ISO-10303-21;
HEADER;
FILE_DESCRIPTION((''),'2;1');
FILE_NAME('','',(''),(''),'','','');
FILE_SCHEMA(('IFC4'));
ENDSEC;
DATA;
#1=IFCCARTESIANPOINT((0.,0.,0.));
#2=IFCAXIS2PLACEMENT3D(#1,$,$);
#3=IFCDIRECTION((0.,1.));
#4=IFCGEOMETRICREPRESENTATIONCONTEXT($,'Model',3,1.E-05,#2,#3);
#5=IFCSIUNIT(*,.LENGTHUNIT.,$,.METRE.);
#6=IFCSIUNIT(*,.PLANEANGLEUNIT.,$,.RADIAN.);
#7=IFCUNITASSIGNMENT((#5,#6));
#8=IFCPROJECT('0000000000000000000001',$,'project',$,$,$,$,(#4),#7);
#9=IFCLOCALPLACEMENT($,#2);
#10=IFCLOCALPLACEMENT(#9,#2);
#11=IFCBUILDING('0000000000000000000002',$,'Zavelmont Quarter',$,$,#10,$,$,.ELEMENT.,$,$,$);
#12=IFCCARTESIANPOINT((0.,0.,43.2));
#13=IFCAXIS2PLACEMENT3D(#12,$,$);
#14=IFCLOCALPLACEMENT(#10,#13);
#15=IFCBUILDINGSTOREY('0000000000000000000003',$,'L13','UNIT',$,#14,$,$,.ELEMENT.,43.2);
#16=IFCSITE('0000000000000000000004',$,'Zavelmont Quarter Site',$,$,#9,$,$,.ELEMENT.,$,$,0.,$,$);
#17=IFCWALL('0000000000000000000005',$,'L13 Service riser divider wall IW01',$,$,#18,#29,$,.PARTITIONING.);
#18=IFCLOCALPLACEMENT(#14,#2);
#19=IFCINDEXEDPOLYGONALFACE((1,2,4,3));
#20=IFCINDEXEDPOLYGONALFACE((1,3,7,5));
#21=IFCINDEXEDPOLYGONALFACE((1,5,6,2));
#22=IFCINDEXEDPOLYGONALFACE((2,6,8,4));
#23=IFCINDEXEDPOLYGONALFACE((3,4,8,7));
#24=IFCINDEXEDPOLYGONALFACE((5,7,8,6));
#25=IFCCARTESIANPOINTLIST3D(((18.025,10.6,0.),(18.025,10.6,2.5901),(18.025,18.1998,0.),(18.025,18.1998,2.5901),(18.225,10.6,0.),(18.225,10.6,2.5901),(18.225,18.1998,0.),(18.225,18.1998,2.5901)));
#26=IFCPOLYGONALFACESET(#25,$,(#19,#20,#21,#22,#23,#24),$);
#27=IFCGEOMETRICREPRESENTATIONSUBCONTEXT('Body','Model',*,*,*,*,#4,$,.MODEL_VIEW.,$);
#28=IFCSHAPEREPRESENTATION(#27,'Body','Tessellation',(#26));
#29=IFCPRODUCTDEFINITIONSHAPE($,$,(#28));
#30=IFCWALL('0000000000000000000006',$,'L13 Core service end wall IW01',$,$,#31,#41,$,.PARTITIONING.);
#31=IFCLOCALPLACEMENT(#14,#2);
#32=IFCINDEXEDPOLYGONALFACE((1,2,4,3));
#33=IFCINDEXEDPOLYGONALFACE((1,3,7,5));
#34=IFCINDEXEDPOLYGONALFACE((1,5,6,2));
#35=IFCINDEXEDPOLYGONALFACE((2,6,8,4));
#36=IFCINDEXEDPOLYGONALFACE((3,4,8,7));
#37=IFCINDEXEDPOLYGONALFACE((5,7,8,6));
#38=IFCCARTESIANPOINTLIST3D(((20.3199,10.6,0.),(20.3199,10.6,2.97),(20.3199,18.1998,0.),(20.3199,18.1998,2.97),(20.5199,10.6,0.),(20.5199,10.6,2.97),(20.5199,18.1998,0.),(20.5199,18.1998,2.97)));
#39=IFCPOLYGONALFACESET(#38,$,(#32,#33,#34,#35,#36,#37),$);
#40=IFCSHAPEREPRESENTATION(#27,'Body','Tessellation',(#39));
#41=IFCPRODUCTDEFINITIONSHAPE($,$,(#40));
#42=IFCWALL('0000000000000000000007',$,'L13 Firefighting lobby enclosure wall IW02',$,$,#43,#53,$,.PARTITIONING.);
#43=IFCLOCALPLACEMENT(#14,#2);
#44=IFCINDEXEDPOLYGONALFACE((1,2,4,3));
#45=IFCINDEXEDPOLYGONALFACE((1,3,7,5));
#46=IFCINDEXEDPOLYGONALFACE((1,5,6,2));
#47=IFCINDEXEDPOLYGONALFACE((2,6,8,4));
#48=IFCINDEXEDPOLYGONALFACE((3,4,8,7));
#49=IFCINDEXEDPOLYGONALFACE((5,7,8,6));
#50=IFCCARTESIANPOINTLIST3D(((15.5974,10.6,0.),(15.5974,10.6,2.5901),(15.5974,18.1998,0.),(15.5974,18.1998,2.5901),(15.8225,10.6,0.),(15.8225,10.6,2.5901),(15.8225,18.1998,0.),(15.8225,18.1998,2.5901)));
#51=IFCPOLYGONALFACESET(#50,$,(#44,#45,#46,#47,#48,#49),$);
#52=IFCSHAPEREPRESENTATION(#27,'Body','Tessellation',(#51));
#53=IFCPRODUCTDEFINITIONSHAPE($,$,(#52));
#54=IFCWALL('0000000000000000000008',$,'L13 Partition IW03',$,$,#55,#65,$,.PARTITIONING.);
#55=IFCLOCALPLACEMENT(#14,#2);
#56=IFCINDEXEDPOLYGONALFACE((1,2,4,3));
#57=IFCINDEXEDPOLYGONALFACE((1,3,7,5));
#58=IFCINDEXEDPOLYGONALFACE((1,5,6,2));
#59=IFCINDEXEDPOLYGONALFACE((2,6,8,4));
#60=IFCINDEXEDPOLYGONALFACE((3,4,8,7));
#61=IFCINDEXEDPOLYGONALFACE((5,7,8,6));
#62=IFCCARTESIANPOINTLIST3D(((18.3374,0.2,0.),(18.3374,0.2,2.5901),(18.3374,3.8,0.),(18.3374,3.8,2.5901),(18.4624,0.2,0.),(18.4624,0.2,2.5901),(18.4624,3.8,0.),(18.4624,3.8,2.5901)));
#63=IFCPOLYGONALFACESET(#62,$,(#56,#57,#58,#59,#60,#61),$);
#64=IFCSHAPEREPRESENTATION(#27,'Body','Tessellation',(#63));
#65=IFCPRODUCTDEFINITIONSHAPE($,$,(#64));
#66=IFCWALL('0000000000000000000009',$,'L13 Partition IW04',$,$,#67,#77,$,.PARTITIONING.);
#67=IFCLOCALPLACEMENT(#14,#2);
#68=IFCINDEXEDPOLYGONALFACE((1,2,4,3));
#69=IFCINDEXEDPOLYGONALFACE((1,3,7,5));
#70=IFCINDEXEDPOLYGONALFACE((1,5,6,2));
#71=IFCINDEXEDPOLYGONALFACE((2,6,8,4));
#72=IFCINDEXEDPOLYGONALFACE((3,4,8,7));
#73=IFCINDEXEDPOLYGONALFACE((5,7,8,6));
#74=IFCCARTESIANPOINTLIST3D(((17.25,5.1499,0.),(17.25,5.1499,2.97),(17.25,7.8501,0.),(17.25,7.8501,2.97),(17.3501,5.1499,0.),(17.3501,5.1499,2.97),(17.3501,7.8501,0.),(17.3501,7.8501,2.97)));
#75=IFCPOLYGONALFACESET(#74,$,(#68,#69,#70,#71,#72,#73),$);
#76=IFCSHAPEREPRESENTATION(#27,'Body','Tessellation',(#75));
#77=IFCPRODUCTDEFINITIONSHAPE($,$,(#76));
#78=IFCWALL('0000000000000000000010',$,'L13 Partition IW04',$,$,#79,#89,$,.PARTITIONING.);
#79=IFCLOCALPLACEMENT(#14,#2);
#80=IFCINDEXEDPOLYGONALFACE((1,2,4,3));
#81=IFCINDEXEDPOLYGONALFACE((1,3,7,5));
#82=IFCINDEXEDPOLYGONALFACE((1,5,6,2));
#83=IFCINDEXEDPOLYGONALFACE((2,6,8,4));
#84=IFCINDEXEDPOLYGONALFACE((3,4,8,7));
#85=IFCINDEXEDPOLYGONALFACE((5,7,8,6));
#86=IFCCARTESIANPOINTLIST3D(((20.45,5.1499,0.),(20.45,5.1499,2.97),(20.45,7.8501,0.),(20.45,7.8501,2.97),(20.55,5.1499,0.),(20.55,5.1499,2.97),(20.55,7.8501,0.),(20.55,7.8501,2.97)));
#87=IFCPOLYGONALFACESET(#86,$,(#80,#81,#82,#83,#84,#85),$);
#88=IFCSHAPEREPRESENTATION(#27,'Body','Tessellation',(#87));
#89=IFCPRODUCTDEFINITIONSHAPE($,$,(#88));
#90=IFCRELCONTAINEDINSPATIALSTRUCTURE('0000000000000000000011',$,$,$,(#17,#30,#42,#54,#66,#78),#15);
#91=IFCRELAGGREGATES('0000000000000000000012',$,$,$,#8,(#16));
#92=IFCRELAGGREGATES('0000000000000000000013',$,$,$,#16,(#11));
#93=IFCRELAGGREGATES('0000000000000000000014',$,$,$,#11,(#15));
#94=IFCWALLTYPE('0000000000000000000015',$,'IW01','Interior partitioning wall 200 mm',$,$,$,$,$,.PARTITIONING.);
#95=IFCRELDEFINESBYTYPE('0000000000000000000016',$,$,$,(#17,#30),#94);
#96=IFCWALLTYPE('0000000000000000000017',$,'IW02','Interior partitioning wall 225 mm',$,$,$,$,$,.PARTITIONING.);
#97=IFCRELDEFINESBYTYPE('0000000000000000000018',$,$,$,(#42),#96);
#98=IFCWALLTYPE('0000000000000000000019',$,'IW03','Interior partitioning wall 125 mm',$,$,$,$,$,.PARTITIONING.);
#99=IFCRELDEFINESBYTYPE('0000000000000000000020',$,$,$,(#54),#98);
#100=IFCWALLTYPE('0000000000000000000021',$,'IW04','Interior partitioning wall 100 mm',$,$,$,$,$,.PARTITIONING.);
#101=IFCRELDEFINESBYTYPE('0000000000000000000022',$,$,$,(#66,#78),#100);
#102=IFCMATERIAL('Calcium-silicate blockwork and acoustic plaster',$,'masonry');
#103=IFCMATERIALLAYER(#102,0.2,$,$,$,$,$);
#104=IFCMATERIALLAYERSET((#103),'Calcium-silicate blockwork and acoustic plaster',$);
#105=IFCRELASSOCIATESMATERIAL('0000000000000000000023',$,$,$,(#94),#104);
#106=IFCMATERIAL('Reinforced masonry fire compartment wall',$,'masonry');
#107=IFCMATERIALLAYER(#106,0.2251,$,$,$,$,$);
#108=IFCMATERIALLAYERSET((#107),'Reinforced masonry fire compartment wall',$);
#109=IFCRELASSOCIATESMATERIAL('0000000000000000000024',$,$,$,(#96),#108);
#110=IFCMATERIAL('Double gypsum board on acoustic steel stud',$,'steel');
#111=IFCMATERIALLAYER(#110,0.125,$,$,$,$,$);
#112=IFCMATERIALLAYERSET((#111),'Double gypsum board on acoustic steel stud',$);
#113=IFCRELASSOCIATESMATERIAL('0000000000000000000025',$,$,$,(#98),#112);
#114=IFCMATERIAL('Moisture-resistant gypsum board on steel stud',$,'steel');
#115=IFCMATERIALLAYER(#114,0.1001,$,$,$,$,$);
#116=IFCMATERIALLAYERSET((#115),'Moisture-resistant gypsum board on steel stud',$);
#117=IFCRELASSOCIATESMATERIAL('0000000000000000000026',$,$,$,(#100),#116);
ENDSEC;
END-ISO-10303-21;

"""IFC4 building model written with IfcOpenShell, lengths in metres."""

from ifc_helpers import new_model, si_unit, direction, frame, frame_2d, origin, place, context, subcontext, project, spatial, rectangle, extrude, material, layer, layer_set, type_object, element, save


model = new_model("IFC4")

# Units and contexts
model_context = context("Model", 3, precision=1e-05, world=origin(), true_north=direction((0.0, 1.0)))
body_context = subcontext(model_context, "Body", "Model", "MODEL_VIEW")
ifc_project = project(units=[si_unit("LENGTHUNIT", "METRE"), si_unit("PLANEANGLEUNIT", "RADIAN")], contexts=[model_context])

# Site, building, storey
site_placement = place(None, origin())
site = spatial("IfcSite", under=ifc_project, at=site_placement, Name="Zavelmont Quarter Site", CompositionType="ELEMENT", RefElevation=0.0)
building_placement = place(site_placement, origin())
building = spatial("IfcBuilding", under=site, at=building_placement, Name="Zavelmont Quarter", CompositionType="ELEMENT")
storey_placement = place(building_placement, frame((0.0, 0.0, 43.2)))
storey = spatial("IfcBuildingStorey", under=building, at=storey_placement, Name="L13", Description="UNIT", CompositionType="ELEMENT", Elevation=43.2)

# Walls
ifc_material_1 = material(Name="Calcium-silicate blockwork and acoustic plaster", Category="masonry")
ifc_layer_1 = layer(ifc_material_1, 0.2)
ifc_layer_set_1 = layer_set([ifc_layer_1], Name="Calcium-silicate blockwork and acoustic plaster")
wall_type_1 = type_object("IfcWallType", Name="IW01", Description="Interior partitioning wall 200 mm", PredefinedType="PARTITIONING", material=ifc_layer_set_1)
wall_1_placement = place(storey_placement, frame((18.125, 10.6001, 0.0), z_axis=(0.0, 0.0, 1.0), x_axis=(0.0, 1.0, 0.0)))
element("IfcWall", 1, at=wall_1_placement, inside=storey, type_object=wall_type_1, Name="L13 Service riser divider wall IW01", PredefinedType="PARTITIONING", context=body_context, shape_type="SweptSolid", body=[
    extrude(rectangle(XDim=7.5999, YDim=0.2, at=frame_2d((3.7998, 0.0))), origin(), (0.0, 0.0, 1.0), 2.5901),
])
wall_2_placement = place(storey_placement, frame((20.4199, 10.6001, 0.0), z_axis=(0.0, 0.0, 1.0), x_axis=(0.0, 1.0, 0.0)))
element("IfcWall", 2, at=wall_2_placement, inside=storey, type_object=wall_type_1, Name="L13 Core service end wall IW01", PredefinedType="PARTITIONING", context=body_context, shape_type="SweptSolid", body=[
    extrude(rectangle(XDim=7.5999, YDim=0.2, at=frame_2d((3.7998, 0.0))), origin(), (0.0, 0.0, 1.0), 2.97),
])
ifc_material_2 = material(Name="Reinforced masonry fire compartment wall", Category="masonry")
ifc_layer_2 = layer(ifc_material_2, 0.2251)
ifc_layer_set_2 = layer_set([ifc_layer_2], Name="Reinforced masonry fire compartment wall")
wall_type_2 = type_object("IfcWallType", Name="IW02", Description="Interior partitioning wall 225 mm", PredefinedType="PARTITIONING", material=ifc_layer_set_2)
wall_3_placement = place(storey_placement, frame((15.71, 10.6001, 0.0), z_axis=(0.0, 0.0, 1.0), x_axis=(0.0, 1.0, 0.0)))
element("IfcWall", 3, at=wall_3_placement, inside=storey, type_object=wall_type_2, Name="L13 Firefighting lobby enclosure wall IW02", PredefinedType="PARTITIONING", context=body_context, shape_type="SweptSolid", body=[
    extrude(rectangle(XDim=7.5999, YDim=0.2251, at=frame_2d((3.7998, 0.0))), origin(), (0.0, 0.0, 1.0), 2.5901),
])
ifc_material_3 = material(Name="Double gypsum board on acoustic steel stud", Category="steel")
ifc_layer_3 = layer(ifc_material_3, 0.125)
ifc_layer_set_3 = layer_set([ifc_layer_3], Name="Double gypsum board on acoustic steel stud")
wall_type_3 = type_object("IfcWallType", Name="IW03", Description="Interior partitioning wall 125 mm", PredefinedType="PARTITIONING", material=ifc_layer_set_3)
wall_4_placement = place(storey_placement, frame((18.3999, 3.8, 0.0), z_axis=(0.0, 0.0, 1.0), x_axis=(0.0, -1.0, 0.0)))
element("IfcWall", 4, at=wall_4_placement, inside=storey, type_object=wall_type_3, Name="L13 Partition IW03", PredefinedType="PARTITIONING", context=body_context, shape_type="SweptSolid", body=[
    extrude(rectangle(XDim=3.6001, YDim=0.125, at=frame_2d((1.8, 0.0))), origin(), (0.0, 0.0, 1.0), 2.5901),
])
ifc_material_4 = material(Name="Moisture-resistant gypsum board on steel stud", Category="steel")
ifc_layer_4 = layer(ifc_material_4, 0.1001)
ifc_layer_set_4 = layer_set([ifc_layer_4], Name="Moisture-resistant gypsum board on steel stud")
wall_type_4 = type_object("IfcWallType", Name="IW04", Description="Interior partitioning wall 100 mm", PredefinedType="PARTITIONING", material=ifc_layer_set_4)
for number, where, z_axis, x_axis, name in (
    (5, (17.3, 7.8501, 0.0), (0.0, 0.0, 1.0), (0.0, -1.0, 0.0), "L13 Partition IW04"),
    (6, (20.5, 7.8501, 0.0), (0.0, 0.0, 1.0), (0.0, -1.0, 0.0), "L13 Partition IW04"),
):
    element("IfcWall", number, at=place(storey_placement, frame(where, z_axis=z_axis, x_axis=x_axis)), inside=storey, type_object=wall_type_4, Name=name, PredefinedType="PARTITIONING", context=body_context, shape_type="SweptSolid", body=[
        extrude(rectangle(XDim=2.7002, YDim=0.1001, at=frame_2d((1.3501, 0.0))), origin(), (0.0, 0.0, 1.0), 2.97),
    ])

save(model, "model.ifc")
